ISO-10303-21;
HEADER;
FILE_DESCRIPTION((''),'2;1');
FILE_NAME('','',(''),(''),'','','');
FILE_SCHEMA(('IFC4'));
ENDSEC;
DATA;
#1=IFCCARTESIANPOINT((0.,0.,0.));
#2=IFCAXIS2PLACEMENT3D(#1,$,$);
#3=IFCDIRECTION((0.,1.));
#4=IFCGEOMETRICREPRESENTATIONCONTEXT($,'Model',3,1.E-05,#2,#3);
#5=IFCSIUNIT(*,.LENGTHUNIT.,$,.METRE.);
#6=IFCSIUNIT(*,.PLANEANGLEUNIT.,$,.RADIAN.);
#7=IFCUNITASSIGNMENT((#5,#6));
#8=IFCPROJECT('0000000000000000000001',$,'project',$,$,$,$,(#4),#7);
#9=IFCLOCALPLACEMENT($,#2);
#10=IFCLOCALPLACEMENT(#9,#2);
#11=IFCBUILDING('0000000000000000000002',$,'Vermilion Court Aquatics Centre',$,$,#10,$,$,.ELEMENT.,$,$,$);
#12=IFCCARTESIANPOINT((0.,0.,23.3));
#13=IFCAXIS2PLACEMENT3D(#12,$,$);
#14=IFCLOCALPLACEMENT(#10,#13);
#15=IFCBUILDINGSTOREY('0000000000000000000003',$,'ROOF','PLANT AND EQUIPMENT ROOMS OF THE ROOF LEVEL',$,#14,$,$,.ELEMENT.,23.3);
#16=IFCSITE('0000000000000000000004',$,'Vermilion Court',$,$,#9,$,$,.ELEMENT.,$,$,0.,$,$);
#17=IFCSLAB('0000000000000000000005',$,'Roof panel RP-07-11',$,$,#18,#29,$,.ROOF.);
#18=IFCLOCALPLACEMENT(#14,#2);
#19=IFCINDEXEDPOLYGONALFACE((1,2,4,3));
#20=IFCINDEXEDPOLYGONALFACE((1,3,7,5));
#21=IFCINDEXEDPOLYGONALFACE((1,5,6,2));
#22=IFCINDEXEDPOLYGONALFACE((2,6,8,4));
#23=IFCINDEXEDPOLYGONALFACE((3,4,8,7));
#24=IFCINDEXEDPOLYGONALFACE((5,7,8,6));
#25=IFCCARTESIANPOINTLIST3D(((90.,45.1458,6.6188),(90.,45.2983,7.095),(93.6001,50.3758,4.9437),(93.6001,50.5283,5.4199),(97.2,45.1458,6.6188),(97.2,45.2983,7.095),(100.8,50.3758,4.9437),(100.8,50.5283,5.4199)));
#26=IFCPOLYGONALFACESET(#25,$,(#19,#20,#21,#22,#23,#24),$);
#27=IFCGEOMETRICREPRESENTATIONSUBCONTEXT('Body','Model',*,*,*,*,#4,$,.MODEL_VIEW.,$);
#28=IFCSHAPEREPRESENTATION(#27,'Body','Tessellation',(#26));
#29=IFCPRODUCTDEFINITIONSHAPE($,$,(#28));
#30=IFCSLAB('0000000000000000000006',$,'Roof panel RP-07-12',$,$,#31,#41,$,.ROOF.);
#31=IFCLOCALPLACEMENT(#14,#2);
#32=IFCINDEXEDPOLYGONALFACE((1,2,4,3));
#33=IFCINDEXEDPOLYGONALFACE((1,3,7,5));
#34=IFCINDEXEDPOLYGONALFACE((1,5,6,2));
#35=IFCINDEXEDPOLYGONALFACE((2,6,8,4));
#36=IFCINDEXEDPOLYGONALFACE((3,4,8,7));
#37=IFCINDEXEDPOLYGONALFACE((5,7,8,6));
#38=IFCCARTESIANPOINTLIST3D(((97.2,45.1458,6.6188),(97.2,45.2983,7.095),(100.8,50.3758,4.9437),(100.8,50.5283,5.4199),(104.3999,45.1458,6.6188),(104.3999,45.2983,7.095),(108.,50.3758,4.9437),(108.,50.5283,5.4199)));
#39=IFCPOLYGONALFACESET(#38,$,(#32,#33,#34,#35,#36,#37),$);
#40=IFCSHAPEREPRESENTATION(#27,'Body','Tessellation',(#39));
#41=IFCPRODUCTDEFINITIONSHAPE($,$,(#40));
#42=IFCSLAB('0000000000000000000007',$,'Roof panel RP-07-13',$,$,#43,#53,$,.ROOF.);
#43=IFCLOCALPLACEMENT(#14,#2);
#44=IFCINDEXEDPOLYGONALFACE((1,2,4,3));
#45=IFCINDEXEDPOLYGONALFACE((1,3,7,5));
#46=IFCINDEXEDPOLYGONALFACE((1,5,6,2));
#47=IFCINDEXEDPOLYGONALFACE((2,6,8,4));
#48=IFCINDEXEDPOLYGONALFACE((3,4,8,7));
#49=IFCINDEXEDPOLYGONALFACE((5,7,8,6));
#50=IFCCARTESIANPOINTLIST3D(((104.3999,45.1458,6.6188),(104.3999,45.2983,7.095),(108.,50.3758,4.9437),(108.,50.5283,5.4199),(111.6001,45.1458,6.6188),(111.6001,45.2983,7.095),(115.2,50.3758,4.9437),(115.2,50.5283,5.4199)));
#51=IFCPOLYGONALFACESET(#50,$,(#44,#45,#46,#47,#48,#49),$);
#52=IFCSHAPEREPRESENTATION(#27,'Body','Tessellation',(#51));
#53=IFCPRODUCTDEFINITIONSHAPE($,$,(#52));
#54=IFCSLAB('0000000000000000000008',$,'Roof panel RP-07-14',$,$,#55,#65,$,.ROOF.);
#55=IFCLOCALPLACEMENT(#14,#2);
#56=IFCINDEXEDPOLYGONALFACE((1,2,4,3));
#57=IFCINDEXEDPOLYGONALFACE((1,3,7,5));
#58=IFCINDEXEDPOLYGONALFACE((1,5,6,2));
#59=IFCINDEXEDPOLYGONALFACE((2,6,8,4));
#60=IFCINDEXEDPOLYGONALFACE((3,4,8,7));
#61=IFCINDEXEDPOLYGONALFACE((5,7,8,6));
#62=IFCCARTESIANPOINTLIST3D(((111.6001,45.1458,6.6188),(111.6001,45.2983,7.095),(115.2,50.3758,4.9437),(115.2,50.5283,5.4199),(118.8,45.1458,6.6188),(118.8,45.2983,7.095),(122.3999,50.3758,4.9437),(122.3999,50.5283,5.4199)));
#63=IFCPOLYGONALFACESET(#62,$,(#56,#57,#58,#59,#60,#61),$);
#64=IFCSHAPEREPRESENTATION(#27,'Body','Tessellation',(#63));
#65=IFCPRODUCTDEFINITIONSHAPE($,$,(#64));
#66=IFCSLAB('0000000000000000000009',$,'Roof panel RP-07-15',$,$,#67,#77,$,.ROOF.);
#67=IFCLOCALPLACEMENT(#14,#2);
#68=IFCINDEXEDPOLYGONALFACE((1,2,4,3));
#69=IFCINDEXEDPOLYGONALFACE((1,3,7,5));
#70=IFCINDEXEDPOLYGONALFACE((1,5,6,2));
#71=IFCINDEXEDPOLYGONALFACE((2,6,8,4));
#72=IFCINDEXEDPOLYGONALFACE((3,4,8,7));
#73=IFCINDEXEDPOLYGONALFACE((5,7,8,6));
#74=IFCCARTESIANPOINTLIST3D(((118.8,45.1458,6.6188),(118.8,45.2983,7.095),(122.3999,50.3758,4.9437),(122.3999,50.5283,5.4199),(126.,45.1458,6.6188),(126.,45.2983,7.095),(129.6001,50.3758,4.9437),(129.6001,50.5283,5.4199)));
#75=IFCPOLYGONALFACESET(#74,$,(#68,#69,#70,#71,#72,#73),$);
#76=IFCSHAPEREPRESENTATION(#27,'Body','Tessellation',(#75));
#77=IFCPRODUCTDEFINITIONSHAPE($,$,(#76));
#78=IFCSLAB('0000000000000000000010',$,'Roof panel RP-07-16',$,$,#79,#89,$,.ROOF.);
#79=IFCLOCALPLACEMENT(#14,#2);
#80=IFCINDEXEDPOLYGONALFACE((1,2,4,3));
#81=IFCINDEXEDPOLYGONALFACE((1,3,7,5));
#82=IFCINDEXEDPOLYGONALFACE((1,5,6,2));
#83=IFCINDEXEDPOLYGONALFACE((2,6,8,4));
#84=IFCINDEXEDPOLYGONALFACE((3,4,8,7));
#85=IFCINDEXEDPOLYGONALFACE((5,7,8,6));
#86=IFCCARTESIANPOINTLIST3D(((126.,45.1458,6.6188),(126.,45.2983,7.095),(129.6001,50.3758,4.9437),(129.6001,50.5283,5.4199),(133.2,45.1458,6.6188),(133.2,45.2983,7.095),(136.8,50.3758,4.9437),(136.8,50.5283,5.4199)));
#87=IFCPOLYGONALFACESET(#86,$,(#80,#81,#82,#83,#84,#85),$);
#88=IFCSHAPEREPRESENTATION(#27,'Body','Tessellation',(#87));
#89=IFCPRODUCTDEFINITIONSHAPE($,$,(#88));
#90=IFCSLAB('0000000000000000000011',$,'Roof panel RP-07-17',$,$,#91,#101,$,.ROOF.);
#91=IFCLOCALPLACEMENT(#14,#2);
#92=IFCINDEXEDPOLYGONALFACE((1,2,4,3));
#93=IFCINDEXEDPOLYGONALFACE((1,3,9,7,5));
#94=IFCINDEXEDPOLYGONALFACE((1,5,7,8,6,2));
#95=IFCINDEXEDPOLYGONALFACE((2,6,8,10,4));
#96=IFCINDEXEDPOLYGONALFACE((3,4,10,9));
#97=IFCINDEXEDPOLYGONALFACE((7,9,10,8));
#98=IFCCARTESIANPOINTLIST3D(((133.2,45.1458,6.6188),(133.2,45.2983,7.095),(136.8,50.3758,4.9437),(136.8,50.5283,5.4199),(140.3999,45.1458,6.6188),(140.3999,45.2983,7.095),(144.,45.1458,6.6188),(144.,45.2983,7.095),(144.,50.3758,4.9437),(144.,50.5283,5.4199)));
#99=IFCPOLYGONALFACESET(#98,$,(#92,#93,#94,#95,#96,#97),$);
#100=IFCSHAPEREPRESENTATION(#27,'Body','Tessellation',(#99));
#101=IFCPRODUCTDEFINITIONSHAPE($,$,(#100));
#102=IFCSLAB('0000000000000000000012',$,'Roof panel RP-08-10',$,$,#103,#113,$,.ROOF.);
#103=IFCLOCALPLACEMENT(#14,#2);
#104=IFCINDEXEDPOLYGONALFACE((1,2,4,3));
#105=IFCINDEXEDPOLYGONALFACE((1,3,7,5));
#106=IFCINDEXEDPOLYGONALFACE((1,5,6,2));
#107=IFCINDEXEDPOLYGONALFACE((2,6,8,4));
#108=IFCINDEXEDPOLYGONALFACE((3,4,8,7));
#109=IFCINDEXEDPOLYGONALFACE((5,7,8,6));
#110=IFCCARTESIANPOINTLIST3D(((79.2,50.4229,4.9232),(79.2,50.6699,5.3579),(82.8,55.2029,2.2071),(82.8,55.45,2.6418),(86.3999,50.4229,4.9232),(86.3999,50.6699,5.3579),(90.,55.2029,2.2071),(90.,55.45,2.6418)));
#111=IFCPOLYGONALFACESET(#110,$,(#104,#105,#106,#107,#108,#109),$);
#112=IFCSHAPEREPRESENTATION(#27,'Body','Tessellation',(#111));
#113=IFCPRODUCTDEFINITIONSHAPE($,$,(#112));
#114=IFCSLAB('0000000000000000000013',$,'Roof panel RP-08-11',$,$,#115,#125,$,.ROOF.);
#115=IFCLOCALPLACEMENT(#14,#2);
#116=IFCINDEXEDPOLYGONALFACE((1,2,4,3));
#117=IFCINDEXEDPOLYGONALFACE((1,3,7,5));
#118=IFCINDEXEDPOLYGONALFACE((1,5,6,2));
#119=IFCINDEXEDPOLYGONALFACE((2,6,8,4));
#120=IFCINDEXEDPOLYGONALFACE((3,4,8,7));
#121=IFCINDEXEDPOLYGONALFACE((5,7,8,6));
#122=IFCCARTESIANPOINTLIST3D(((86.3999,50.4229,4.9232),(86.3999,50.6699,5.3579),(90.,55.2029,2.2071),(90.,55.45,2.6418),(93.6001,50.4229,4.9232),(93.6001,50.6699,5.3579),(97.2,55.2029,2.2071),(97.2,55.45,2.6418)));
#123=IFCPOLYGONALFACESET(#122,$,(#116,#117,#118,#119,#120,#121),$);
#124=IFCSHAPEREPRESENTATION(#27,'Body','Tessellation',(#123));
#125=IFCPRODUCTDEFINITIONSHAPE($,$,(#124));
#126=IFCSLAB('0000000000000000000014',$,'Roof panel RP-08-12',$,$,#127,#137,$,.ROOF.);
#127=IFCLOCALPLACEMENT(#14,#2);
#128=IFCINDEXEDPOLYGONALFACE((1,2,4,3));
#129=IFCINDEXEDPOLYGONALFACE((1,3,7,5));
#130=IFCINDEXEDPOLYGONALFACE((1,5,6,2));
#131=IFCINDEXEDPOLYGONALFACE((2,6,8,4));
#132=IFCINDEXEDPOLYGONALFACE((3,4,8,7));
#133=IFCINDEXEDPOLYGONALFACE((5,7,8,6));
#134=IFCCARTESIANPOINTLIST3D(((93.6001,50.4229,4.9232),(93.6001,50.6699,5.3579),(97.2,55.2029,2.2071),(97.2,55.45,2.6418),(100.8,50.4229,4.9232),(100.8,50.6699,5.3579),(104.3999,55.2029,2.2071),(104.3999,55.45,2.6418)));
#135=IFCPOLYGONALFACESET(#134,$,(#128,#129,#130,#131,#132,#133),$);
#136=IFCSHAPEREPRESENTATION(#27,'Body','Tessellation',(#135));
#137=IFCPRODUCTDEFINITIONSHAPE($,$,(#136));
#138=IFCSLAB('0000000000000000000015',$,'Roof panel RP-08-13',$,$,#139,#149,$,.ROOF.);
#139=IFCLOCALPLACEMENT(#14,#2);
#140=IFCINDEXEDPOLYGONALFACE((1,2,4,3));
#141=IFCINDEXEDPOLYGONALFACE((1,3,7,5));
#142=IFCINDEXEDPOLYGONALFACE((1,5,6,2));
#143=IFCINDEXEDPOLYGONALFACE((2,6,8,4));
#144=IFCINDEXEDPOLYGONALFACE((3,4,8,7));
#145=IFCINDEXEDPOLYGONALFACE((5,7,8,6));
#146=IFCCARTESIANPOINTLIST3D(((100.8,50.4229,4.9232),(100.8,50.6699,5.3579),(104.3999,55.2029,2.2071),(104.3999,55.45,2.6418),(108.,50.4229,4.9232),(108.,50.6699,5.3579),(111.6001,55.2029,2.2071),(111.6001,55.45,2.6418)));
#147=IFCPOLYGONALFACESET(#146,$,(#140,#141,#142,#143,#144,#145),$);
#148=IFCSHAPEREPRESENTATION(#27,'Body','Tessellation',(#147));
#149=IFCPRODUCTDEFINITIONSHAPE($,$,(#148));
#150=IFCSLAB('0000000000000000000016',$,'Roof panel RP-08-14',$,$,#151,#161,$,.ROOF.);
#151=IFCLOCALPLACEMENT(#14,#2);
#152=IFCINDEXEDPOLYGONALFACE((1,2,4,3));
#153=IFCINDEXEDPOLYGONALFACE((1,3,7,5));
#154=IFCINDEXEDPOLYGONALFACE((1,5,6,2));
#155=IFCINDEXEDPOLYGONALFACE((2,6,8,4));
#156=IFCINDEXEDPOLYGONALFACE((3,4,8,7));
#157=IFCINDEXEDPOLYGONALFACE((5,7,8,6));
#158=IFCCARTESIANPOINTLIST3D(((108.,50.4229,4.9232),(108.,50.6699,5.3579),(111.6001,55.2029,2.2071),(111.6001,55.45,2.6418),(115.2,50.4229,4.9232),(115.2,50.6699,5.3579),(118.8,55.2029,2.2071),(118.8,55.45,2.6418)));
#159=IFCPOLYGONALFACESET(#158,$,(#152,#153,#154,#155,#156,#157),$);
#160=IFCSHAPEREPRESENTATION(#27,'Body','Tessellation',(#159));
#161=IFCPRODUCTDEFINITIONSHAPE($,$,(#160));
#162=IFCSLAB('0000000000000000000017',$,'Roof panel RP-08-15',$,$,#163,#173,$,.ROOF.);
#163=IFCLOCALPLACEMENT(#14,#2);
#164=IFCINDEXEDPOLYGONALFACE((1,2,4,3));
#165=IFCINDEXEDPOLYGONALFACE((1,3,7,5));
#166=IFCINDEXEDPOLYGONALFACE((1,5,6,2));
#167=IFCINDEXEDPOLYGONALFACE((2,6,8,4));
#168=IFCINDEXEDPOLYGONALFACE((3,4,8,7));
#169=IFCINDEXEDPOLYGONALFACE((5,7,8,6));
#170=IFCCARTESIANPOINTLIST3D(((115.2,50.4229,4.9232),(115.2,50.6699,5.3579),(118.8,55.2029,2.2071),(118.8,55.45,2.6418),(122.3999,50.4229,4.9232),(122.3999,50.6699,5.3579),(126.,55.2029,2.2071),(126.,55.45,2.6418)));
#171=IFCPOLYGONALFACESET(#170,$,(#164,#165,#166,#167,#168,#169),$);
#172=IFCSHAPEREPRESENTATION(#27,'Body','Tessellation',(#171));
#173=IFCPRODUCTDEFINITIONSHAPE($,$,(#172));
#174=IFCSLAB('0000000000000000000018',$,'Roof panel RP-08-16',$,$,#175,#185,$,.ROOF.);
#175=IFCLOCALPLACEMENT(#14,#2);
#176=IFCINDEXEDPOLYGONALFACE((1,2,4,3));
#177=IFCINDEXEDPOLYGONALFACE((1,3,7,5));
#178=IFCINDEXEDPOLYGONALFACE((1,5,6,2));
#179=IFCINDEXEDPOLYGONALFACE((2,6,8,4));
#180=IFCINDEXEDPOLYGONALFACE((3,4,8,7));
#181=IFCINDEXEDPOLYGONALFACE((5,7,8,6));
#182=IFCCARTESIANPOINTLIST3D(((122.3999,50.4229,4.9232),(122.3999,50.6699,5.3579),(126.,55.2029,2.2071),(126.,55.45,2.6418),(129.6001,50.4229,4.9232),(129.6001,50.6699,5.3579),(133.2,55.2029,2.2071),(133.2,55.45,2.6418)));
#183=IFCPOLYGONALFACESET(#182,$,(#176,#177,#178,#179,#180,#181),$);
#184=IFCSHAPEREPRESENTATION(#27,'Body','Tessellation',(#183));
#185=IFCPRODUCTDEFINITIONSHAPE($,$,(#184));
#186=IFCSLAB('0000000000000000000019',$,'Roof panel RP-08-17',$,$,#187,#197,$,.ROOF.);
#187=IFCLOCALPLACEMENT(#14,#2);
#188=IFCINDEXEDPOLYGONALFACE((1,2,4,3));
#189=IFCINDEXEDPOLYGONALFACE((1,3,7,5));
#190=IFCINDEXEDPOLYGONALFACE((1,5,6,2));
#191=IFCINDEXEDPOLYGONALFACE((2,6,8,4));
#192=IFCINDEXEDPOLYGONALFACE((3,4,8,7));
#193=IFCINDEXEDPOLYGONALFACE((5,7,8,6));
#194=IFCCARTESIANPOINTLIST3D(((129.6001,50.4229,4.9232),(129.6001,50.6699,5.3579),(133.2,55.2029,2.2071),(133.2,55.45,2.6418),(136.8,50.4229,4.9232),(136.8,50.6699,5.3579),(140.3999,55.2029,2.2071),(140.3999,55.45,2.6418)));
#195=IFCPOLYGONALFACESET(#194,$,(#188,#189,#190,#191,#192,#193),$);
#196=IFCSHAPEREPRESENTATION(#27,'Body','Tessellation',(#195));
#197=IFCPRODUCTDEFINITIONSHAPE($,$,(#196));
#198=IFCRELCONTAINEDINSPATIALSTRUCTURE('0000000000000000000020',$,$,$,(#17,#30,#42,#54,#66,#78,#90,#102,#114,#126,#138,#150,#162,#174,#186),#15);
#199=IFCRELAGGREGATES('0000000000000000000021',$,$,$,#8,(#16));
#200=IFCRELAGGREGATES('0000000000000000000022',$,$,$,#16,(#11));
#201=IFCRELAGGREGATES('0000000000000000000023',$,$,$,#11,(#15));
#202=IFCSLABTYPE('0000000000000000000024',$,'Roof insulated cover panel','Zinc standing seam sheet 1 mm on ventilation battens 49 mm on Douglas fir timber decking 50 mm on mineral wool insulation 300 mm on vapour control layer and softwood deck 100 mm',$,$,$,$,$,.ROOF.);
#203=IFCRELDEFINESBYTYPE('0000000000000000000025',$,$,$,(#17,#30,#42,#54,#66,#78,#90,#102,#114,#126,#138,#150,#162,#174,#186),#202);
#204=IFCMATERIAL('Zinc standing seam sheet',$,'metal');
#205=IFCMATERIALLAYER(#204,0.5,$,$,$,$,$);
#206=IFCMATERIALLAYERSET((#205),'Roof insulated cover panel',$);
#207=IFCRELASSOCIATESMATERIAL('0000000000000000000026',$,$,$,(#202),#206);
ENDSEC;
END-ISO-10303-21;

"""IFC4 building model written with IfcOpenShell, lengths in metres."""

from ifc_helpers import new_model, si_unit, direction, frame, origin, place, context, subcontext, project, spatial, polyline, outline, extrude, material, layer, layer_set, type_object, element, save


model = new_model("IFC4")

# Units and contexts
model_context = context("Model", 3, precision=1e-05, world=origin(), true_north=direction((0.0, 1.0)))
body_context = subcontext(model_context, "Body", "Model", "MODEL_VIEW")
ifc_project = project(units=[si_unit("LENGTHUNIT", "METRE"), si_unit("PLANEANGLEUNIT", "RADIAN")], contexts=[model_context])

# Site, building, storey
site_placement = place(None, origin())
site = spatial("IfcSite", under=ifc_project, at=site_placement, Name="Vermilion Court", CompositionType="ELEMENT", RefElevation=0.0)
building_placement = place(site_placement, origin())
building = spatial("IfcBuilding", under=site, at=building_placement, Name="Vermilion Court Aquatics Centre", CompositionType="ELEMENT")
storey_placement = place(building_placement, frame((0.0, 0.0, 23.3)))
storey = spatial("IfcBuildingStorey", under=building, at=storey_placement, Name="ROOF", Description="PLANT AND EQUIPMENT ROOMS OF THE ROOF LEVEL", CompositionType="ELEMENT", Elevation=23.3)

# Slabs
ifc_material = material(Name="Zinc standing seam sheet", Category="metal")
ifc_layer = layer(ifc_material, 0.5)
ifc_layer_set = layer_set([ifc_layer], Name="Roof insulated cover panel")
slab_type = type_object("IfcSlabType", Name="Roof insulated cover panel", Description="Zinc standing seam sheet 1 mm on ventilation battens 49 mm on Douglas fir timber decking 50 mm on mineral wool insulation 300 mm on vapour control layer and softwood deck 100 mm", PredefinedType="ROOF", material=ifc_layer_set)
for number, where, z_axis, x_axis, name in (
    (1, (90.0, 45.2983, 7.095), (0.0, 0.305016, 0.952347), (1.0, 0.0, 0.0), "Roof panel RP-07-11"),
    (2, (97.2, 45.2983, 7.095), (0.0, 0.305016, 0.952347), (1.0, 0.0, 0.0), "Roof panel RP-07-12"),
):
    element("IfcSlab", number, at=place(storey_placement, frame(where, z_axis=z_axis, x_axis=x_axis)), inside=storey, type_object=slab_type, Name=name, PredefinedType="ROOF", context=body_context, shape_type="SweptSolid", body=[
        extrude(outline(polyline([(0.0, 0.0), (7.2, 0.0), (10.8, 5.4917), (3.6001, 5.4917), (0.0, 0.0)])), origin(), (0.0, 0.0, -1.0), 0.5),
    ])
slab_1_placement = place(storey_placement, frame((104.3999, 45.2983, 7.095), z_axis=(0.0, 0.305016, 0.952347), x_axis=(1.0, 0.0, 0.0)))
element("IfcSlab", 3, at=slab_1_placement, inside=storey, type_object=slab_type, Name="Roof panel RP-07-13", PredefinedType="ROOF", context=body_context, shape_type="SweptSolid", body=[
    extrude(outline(polyline([(0.0, 0.0), (7.2002, 0.0), (10.8, 5.4917), (3.6001, 5.4917), (0.0, 0.0)])), origin(), (0.0, 0.0, -1.0), 0.5),
])
slab_2_placement = place(storey_placement, frame((111.6001, 45.2983, 7.095), z_axis=(0.0, 0.305016, 0.952347), x_axis=(1.0, 0.0, 0.0)))
element("IfcSlab", 4, at=slab_2_placement, inside=storey, type_object=slab_type, Name="Roof panel RP-07-14", PredefinedType="ROOF", context=body_context, shape_type="SweptSolid", body=[
    extrude(outline(polyline([(0.0, 0.0), (7.2, 0.0), (10.7998, 5.4917), (3.5999, 5.4917), (0.0, 0.0)])), origin(), (0.0, 0.0, -1.0), 0.5),
])
slab_3_placement = place(storey_placement, frame((118.8, 45.2983, 7.095), z_axis=(0.0, 0.305016, 0.952347), x_axis=(1.0, 0.0, 0.0)))
element("IfcSlab", 5, at=slab_3_placement, inside=storey, type_object=slab_type, Name="Roof panel RP-07-15", PredefinedType="ROOF", context=body_context, shape_type="SweptSolid", body=[
    extrude(outline(polyline([(0.0, 0.0), (7.2, 0.0), (10.8, 5.4917), (3.5999, 5.4917), (0.0, 0.0)])), origin(), (0.0, 0.0, -1.0), 0.5),
])
slab_4_placement = place(storey_placement, frame((126.0, 45.2983, 7.095), z_axis=(0.0, 0.305016, 0.952347), x_axis=(1.0, 0.0, 0.0)))
element("IfcSlab", 6, at=slab_4_placement, inside=storey, type_object=slab_type, Name="Roof panel RP-07-16", PredefinedType="ROOF", context=body_context, shape_type="SweptSolid", body=[
    extrude(outline(polyline([(0.0, 0.0), (7.2, 0.0), (10.8, 5.4917), (3.6001, 5.4917), (0.0, 0.0)])), origin(), (0.0, 0.0, -1.0), 0.5),
])
slab_5_placement = place(storey_placement, frame((133.2, 45.2983, 7.095), z_axis=(0.0, 0.305016, 0.952347), x_axis=(1.0, 0.0, 0.0)))
element("IfcSlab", 7, at=slab_5_placement, inside=storey, type_object=slab_type, Name="Roof panel RP-07-17", PredefinedType="ROOF", context=body_context, shape_type="SweptSolid", body=[
    extrude(outline(polyline([(0.0, 0.0), (7.2, 0.0), (10.8, 0.0), (10.8, 5.4917), (3.6001, 5.4917), (0.0, 0.0)])), origin(), (0.0, 0.0, -1.0), 0.5),
])
slab_6_placement = place(storey_placement, frame((79.2, 50.6699, 5.3579), z_axis=(0.0, 0.494028, 0.869446), x_axis=(1.0, 0.0, 0.0)))
element("IfcSlab", 8, at=slab_6_placement, inside=storey, type_object=slab_type, Name="Roof panel RP-08-10", PredefinedType="ROOF", context=body_context, shape_type="SweptSolid", body=[
    extrude(outline(polyline([(0.0, 0.0), (7.2, 0.0), (10.8, 5.4978), (3.6001, 5.4978), (0.0, 0.0)])), origin(), (0.0, 0.0, -1.0), 0.5),
])
slab_7_placement = place(storey_placement, frame((86.3999, 50.6699, 5.3579), z_axis=(0.0, 0.494028, 0.869446), x_axis=(1.0, 0.0, 0.0)))
element("IfcSlab", 9, at=slab_7_placement, inside=storey, type_object=slab_type, Name="Roof panel RP-08-11", PredefinedType="ROOF", context=body_context, shape_type="SweptSolid", body=[
    extrude(outline(polyline([(0.0, 0.0), (7.2002, 0.0), (10.8, 5.4978), (3.6001, 5.4978), (0.0, 0.0)])), origin(), (0.0, 0.0, -1.0), 0.5),
])
slab_8_placement = place(storey_placement, frame((93.6001, 50.6699, 5.3579), z_axis=(0.0, 0.494028, 0.869446), x_axis=(1.0, 0.0, 0.0)))
element("IfcSlab", 10, at=slab_8_placement, inside=storey, type_object=slab_type, Name="Roof panel RP-08-12", PredefinedType="ROOF", context=body_context, shape_type="SweptSolid", body=[
    extrude(outline(polyline([(0.0, 0.0), (7.2, 0.0), (10.7998, 5.4978), (3.5999, 5.4978), (0.0, 0.0)])), origin(), (0.0, 0.0, -1.0), 0.5),
])
slab_9_placement = place(storey_placement, frame((100.8, 50.6699, 5.3579), z_axis=(0.0, 0.494028, 0.869446), x_axis=(1.0, 0.0, 0.0)))
element("IfcSlab", 11, at=slab_9_placement, inside=storey, type_object=slab_type, Name="Roof panel RP-08-13", PredefinedType="ROOF", context=body_context, shape_type="SweptSolid", body=[
    extrude(outline(polyline([(0.0, 0.0), (7.2, 0.0), (10.8, 5.4978), (3.5999, 5.4978), (0.0, 0.0)])), origin(), (0.0, 0.0, -1.0), 0.5),
])
for number, where, z_axis, x_axis, name in (
    (12, (108.0, 50.6699, 5.3579), (0.0, 0.494028, 0.869446), (1.0, 0.0, 0.0), "Roof panel RP-08-14"),
    (13, (115.2, 50.6699, 5.3579), (0.0, 0.494028, 0.869446), (1.0, 0.0, 0.0), "Roof panel RP-08-15"),
):
    element("IfcSlab", number, at=place(storey_placement, frame(where, z_axis=z_axis, x_axis=x_axis)), inside=storey, type_object=slab_type, Name=name, PredefinedType="ROOF", context=body_context, shape_type="SweptSolid", body=[
        extrude(outline(polyline([(0.0, 0.0), (7.2, 0.0), (10.8, 5.4978), (3.6001, 5.4978), (0.0, 0.0)])), origin(), (0.0, 0.0, -1.0), 0.5),
    ])
slab_10_placement = place(storey_placement, frame((122.3999, 50.6699, 5.3579), z_axis=(0.0, 0.494028, 0.869446), x_axis=(1.0, 0.0, 0.0)))
element("IfcSlab", 14, at=slab_10_placement, inside=storey, type_object=slab_type, Name="Roof panel RP-08-16", PredefinedType="ROOF", context=body_context, shape_type="SweptSolid", body=[
    extrude(outline(polyline([(0.0, 0.0), (7.2002, 0.0), (10.8, 5.4978), (3.6001, 5.4978), (0.0, 0.0)])), origin(), (0.0, 0.0, -1.0), 0.5),
])
slab_11_placement = place(storey_placement, frame((129.6001, 50.6699, 5.3579), z_axis=(0.0, 0.494028, 0.869446), x_axis=(1.0, 0.0, 0.0)))
element("IfcSlab", 15, at=slab_11_placement, inside=storey, type_object=slab_type, Name="Roof panel RP-08-17", PredefinedType="ROOF", context=body_context, shape_type="SweptSolid", body=[
    extrude(outline(polyline([(0.0, 0.0), (7.2, 0.0), (10.7998, 5.4978), (3.5999, 5.4978), (0.0, 0.0)])), origin(), (0.0, 0.0, -1.0), 0.5),
])

save(model, "model.ifc")
